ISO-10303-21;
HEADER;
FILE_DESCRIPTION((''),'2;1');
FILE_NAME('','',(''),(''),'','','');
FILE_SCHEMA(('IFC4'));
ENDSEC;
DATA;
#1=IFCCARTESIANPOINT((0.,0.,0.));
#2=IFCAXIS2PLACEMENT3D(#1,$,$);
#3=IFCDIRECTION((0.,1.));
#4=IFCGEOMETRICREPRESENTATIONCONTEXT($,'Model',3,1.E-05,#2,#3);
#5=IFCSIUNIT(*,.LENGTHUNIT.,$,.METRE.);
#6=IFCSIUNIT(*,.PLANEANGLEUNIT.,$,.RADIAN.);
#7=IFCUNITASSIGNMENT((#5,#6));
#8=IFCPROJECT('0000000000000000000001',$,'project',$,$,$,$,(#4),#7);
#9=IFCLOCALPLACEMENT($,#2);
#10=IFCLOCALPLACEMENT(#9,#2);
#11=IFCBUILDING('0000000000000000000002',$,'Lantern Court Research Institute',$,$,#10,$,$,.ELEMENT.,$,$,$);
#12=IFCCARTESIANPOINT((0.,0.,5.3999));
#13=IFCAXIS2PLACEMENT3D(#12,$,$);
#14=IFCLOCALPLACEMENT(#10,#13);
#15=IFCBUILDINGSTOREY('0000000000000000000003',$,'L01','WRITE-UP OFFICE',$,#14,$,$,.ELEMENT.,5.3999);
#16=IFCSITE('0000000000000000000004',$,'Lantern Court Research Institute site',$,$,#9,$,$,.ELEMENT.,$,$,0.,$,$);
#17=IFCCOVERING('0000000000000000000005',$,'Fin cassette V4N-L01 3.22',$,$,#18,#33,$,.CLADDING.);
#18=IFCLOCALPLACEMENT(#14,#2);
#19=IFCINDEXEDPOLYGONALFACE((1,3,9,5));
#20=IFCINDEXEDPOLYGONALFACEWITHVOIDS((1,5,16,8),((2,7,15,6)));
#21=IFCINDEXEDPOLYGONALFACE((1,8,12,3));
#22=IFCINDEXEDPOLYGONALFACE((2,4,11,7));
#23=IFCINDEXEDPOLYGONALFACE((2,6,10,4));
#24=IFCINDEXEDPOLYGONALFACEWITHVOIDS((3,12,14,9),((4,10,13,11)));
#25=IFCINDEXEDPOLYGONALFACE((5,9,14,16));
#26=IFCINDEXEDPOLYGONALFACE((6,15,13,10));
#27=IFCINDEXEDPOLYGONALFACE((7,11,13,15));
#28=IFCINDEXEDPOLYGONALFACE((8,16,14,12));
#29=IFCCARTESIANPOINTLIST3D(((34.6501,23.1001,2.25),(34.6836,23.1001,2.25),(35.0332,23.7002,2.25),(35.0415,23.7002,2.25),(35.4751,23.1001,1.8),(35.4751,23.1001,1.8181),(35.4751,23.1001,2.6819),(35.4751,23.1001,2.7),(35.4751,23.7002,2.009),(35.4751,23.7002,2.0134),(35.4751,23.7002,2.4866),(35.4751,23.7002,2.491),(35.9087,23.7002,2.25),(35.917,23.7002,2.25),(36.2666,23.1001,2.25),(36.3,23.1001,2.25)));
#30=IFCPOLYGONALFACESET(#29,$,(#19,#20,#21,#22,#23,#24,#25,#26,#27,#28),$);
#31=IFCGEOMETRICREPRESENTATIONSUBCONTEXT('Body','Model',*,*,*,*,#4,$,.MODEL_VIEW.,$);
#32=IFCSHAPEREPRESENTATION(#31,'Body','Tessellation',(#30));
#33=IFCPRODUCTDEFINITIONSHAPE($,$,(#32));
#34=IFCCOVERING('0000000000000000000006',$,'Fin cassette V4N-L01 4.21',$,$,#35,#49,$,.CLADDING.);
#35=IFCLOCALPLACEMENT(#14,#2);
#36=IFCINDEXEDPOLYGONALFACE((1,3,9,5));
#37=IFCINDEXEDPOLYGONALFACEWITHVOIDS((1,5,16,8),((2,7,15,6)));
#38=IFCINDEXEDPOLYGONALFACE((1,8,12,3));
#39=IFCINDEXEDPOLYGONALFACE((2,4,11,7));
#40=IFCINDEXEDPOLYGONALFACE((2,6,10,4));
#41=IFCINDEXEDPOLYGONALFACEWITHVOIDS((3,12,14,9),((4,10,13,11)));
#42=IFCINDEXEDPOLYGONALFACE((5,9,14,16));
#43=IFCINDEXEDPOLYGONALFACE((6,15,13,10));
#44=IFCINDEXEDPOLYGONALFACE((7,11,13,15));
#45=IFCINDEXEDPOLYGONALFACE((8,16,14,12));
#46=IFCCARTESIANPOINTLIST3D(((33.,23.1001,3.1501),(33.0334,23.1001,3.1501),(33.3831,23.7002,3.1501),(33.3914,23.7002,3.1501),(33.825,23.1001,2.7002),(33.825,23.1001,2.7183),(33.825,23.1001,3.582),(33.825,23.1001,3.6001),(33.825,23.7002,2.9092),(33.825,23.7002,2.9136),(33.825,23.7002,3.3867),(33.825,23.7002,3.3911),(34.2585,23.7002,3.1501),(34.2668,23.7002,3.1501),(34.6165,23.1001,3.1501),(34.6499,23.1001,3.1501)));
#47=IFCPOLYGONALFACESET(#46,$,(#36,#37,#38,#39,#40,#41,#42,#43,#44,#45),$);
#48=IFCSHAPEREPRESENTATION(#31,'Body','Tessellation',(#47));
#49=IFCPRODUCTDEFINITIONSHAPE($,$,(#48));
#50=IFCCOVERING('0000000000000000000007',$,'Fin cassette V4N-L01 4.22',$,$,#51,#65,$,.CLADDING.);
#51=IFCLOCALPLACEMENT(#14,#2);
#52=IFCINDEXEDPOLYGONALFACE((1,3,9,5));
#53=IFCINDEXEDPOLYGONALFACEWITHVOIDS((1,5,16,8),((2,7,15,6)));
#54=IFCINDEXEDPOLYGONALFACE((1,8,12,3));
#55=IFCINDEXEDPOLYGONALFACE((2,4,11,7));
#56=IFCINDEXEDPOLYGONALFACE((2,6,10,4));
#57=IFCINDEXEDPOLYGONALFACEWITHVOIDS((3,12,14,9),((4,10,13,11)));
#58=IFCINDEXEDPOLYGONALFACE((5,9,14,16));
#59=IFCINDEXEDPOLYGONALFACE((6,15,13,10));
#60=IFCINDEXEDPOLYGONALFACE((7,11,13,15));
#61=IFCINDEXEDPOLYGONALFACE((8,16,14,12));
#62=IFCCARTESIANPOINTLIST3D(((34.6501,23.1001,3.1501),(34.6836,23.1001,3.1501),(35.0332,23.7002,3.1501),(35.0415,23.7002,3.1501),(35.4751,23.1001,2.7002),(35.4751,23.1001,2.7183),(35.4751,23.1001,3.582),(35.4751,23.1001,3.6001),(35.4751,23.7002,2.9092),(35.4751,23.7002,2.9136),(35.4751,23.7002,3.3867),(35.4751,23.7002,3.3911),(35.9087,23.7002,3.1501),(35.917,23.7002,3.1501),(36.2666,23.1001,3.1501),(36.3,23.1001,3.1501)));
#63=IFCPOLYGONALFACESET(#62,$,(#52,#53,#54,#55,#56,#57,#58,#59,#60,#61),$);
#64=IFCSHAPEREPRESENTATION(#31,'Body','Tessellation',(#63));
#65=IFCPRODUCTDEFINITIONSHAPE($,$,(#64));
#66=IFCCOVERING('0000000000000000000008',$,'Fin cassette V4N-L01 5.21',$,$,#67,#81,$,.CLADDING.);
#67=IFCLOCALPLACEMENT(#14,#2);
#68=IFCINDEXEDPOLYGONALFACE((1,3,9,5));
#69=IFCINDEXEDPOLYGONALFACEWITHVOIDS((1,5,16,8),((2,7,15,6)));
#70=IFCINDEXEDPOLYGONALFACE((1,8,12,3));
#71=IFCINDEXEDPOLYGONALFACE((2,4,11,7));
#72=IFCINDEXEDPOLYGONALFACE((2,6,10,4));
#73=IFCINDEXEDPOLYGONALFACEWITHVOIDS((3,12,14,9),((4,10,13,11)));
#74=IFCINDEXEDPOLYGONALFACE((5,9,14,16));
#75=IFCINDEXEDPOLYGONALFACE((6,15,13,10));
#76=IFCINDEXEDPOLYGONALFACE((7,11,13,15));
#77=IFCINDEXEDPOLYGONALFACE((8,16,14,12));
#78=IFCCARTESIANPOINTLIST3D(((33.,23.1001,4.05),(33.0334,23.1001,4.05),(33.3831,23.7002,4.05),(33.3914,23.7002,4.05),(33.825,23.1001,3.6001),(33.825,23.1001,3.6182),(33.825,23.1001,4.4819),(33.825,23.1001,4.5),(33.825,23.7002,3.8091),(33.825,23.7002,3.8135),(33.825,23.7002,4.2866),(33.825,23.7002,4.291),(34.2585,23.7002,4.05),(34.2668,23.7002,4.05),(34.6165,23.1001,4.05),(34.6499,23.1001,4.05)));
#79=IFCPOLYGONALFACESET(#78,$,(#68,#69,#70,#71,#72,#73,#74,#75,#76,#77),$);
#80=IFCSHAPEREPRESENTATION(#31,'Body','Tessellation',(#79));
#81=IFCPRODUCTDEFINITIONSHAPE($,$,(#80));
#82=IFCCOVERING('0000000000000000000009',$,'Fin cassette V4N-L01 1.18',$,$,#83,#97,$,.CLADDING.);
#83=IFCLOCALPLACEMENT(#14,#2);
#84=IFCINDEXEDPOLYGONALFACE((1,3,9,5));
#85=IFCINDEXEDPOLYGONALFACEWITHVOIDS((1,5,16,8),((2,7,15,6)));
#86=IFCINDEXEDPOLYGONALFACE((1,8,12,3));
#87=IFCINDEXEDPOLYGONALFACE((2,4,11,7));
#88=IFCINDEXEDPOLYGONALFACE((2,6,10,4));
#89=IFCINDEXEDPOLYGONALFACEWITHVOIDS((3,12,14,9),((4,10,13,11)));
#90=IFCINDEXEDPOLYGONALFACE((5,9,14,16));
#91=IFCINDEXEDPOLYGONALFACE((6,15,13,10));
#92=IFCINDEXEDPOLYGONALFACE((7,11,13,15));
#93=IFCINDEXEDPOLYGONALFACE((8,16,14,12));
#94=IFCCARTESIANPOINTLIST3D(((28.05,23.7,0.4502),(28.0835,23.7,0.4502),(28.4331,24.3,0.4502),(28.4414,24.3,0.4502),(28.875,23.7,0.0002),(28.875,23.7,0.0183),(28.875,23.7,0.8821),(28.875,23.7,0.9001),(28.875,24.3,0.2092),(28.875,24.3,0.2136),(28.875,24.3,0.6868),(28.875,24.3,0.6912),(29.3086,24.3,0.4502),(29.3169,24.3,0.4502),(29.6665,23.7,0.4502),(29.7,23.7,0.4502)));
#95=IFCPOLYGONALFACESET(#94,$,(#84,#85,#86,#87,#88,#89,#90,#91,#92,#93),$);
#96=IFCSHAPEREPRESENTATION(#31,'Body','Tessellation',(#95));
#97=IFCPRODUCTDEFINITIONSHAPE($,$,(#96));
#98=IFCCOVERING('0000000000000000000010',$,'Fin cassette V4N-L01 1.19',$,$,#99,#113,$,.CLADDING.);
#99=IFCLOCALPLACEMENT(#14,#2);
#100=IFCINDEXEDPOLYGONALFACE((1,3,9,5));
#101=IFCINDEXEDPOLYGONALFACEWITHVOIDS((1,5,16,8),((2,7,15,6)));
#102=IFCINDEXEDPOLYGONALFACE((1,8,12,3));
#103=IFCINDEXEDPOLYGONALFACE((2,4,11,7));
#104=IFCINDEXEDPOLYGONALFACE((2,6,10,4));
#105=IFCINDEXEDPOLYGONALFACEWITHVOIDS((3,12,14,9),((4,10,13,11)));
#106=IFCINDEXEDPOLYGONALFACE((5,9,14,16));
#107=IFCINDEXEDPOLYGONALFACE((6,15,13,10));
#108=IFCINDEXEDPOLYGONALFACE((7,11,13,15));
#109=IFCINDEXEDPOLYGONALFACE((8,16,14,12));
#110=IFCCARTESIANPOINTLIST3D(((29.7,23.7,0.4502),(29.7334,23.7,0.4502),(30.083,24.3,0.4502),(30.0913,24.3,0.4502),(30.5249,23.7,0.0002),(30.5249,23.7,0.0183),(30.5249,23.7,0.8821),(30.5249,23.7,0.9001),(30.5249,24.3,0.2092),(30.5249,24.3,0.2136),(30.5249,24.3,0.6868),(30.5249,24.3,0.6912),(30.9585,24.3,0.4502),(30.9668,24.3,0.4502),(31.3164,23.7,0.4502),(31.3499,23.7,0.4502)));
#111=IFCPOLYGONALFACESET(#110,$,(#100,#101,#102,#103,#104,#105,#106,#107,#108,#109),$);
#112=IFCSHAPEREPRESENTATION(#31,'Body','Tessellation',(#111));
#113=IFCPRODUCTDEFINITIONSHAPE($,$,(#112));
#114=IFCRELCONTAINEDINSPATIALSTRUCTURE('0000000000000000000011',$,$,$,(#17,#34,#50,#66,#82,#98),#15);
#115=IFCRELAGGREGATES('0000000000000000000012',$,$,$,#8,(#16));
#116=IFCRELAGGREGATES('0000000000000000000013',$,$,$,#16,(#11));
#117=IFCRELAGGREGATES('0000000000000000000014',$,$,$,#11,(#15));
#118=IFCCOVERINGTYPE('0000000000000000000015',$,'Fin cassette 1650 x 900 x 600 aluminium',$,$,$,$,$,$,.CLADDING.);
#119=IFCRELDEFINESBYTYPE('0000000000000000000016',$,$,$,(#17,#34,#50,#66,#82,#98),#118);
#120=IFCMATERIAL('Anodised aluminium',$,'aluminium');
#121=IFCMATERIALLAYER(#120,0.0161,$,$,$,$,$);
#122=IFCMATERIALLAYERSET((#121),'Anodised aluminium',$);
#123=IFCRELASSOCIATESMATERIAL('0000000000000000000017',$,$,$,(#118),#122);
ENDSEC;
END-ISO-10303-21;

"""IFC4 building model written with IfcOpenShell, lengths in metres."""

from ifc_helpers import new_model, entity, si_unit, direction, frame, origin, place, context, subcontext, project, spatial, material, layer, layer_set, type_object, element, save


model = new_model("IFC4")

# Units and contexts
model_context = context("Model", 3, precision=1e-05, world=origin(), true_north=direction((0.0, 1.0)))
body_context = subcontext(model_context, "Body", "Model", "MODEL_VIEW")
ifc_project = project(units=[si_unit("LENGTHUNIT", "METRE"), si_unit("PLANEANGLEUNIT", "RADIAN")], contexts=[model_context])

# Site, building, storey
site_placement = place(None, origin())
site = spatial("IfcSite", under=ifc_project, at=site_placement, Name="Lantern Court Research Institute site", CompositionType="ELEMENT", RefElevation=0.0)
building_placement = place(site_placement, origin())
building = spatial("IfcBuilding", under=site, at=building_placement, Name="Lantern Court Research Institute", CompositionType="ELEMENT")
storey_placement = place(building_placement, frame((0.0, 0.0, 5.3999)))
storey = spatial("IfcBuildingStorey", under=building, at=storey_placement, Name="L01", Description="WRITE-UP OFFICE", CompositionType="ELEMENT", Elevation=5.3999)

# Coverings
ifc_material_1 = material(Name="Anodised aluminium", Category="aluminium")
ifc_layer_1 = layer(ifc_material_1, 0.0161)
ifc_layer_set_1 = layer_set([ifc_layer_1], Name="Anodised aluminium")
covering_type = type_object("IfcCoveringType", Name="Fin cassette 1650 x 900 x 600 aluminium", PredefinedType="CLADDING", material=ifc_layer_set_1)
covering_1_placement = place(storey_placement, frame((35.4751, 23.1001, 2.25), z_axis=(0.0, 1.0, 0.0), x_axis=(-1.0, 0.0, 0.0)))
cartesian_point_1 = entity("IfcCartesianPoint", [0.825, 0.0])
cartesian_point_2 = entity("IfcCartesianPoint", [0.7915, 0.0])
cartesian_point_3 = entity("IfcCartesianPoint", [0.4419, 0.0])
cartesian_point_4 = entity("IfcCartesianPoint", [0.4336, 0.0])
element("IfcCovering", 1, at=covering_1_placement, inside=storey, type_object=covering_type, Name="Fin cassette V4N-L01 3.22", PredefinedType="CLADDING", context=body_context, shape_type="SweptSolid", body=[
    entity("IfcExtrudedAreaSolidTapered", entity("IfcArbitraryProfileDefWithVoids", "AREA", None, entity("IfcPolyline", [cartesian_point_1, entity("IfcCartesianPoint", [0.0, 0.45]), entity("IfcCartesianPoint", [-0.825, 0.0]), entity("IfcCartesianPoint", [0.0, -0.45]), cartesian_point_1]), [entity("IfcPolyline", [cartesian_point_2, entity("IfcCartesianPoint", [0.0, 0.4319]), entity("IfcCartesianPoint", [-0.7915, 0.0]), entity("IfcCartesianPoint", [0.0, -0.4319]), cartesian_point_2])]), entity("IfcAxis2Placement3D", entity("IfcCartesianPoint", [0.0, 0.0, 0.0])), entity("IfcDirection", [0.0, 0.0, 1.0]), 0.6001, entity("IfcArbitraryProfileDefWithVoids", "AREA", None, entity("IfcPolyline", [cartesian_point_3, entity("IfcCartesianPoint", [0.0, 0.241]), entity("IfcCartesianPoint", [-0.4419, 0.0]), entity("IfcCartesianPoint", [0.0, -0.241]), cartesian_point_3]), [entity("IfcPolyline", [cartesian_point_4, entity("IfcCartesianPoint", [0.0, 0.2366]), entity("IfcCartesianPoint", [-0.4336, 0.0]), entity("IfcCartesianPoint", [0.0, -0.2366]), cartesian_point_4])])),
])
covering_2_placement = place(storey_placement, frame((33.825, 23.1001, 3.1501), z_axis=(0.0, 1.0, 0.0), x_axis=(-1.0, 0.0, 0.0)))
cartesian_point_5 = entity("IfcCartesianPoint", [0.825, 0.0])
cartesian_point_6 = entity("IfcCartesianPoint", [0.7915, 0.0])
cartesian_point_7 = entity("IfcCartesianPoint", [0.4419, 0.0])
cartesian_point_8 = entity("IfcCartesianPoint", [0.4336, 0.0])
element("IfcCovering", 2, at=covering_2_placement, inside=storey, type_object=covering_type, Name="Fin cassette V4N-L01 4.21", PredefinedType="CLADDING", context=body_context, shape_type="SweptSolid", body=[
    entity("IfcExtrudedAreaSolidTapered", entity("IfcArbitraryProfileDefWithVoids", "AREA", None, entity("IfcPolyline", [cartesian_point_5, entity("IfcCartesianPoint", [0.0, 0.45]), entity("IfcCartesianPoint", [-0.825, 0.0]), entity("IfcCartesianPoint", [0.0, -0.45]), cartesian_point_5]), [entity("IfcPolyline", [cartesian_point_6, entity("IfcCartesianPoint", [0.0, 0.4319]), entity("IfcCartesianPoint", [-0.7915, 0.0]), entity("IfcCartesianPoint", [0.0, -0.4319]), cartesian_point_6])]), entity("IfcAxis2Placement3D", entity("IfcCartesianPoint", [0.0, 0.0, 0.0])), entity("IfcDirection", [0.0, 0.0, 1.0]), 0.6001, entity("IfcArbitraryProfileDefWithVoids", "AREA", None, entity("IfcPolyline", [cartesian_point_7, entity("IfcCartesianPoint", [0.0, 0.241]), entity("IfcCartesianPoint", [-0.4419, 0.0]), entity("IfcCartesianPoint", [0.0, -0.241]), cartesian_point_7]), [entity("IfcPolyline", [cartesian_point_8, entity("IfcCartesianPoint", [0.0, 0.2366]), entity("IfcCartesianPoint", [-0.4336, 0.0]), entity("IfcCartesianPoint", [0.0, -0.2366]), cartesian_point_8])])),
])
covering_3_placement = place(storey_placement, frame((35.4751, 23.1001, 3.1501), z_axis=(0.0, 1.0, 0.0), x_axis=(-1.0, 0.0, 0.0)))
cartesian_point_9 = entity("IfcCartesianPoint", [0.825, 0.0])
cartesian_point_10 = entity("IfcCartesianPoint", [0.7915, 0.0])
cartesian_point_11 = entity("IfcCartesianPoint", [0.4419, 0.0])
cartesian_point_12 = entity("IfcCartesianPoint", [0.4336, 0.0])
element("IfcCovering", 3, at=covering_3_placement, inside=storey, type_object=covering_type, Name="Fin cassette V4N-L01 4.22", PredefinedType="CLADDING", context=body_context, shape_type="SweptSolid", body=[
    entity("IfcExtrudedAreaSolidTapered", entity("IfcArbitraryProfileDefWithVoids", "AREA", None, entity("IfcPolyline", [cartesian_point_9, entity("IfcCartesianPoint", [0.0, 0.45]), entity("IfcCartesianPoint", [-0.825, 0.0]), entity("IfcCartesianPoint", [0.0, -0.45]), cartesian_point_9]), [entity("IfcPolyline", [cartesian_point_10, entity("IfcCartesianPoint", [0.0, 0.4319]), entity("IfcCartesianPoint", [-0.7915, 0.0]), entity("IfcCartesianPoint", [0.0, -0.4319]), cartesian_point_10])]), entity("IfcAxis2Placement3D", entity("IfcCartesianPoint", [0.0, 0.0, 0.0])), entity("IfcDirection", [0.0, 0.0, 1.0]), 0.6001, entity("IfcArbitraryProfileDefWithVoids", "AREA", None, entity("IfcPolyline", [cartesian_point_11, entity("IfcCartesianPoint", [0.0, 0.241]), entity("IfcCartesianPoint", [-0.4419, 0.0]), entity("IfcCartesianPoint", [0.0, -0.241]), cartesian_point_11]), [entity("IfcPolyline", [cartesian_point_12, entity("IfcCartesianPoint", [0.0, 0.2366]), entity("IfcCartesianPoint", [-0.4336, 0.0]), entity("IfcCartesianPoint", [0.0, -0.2366]), cartesian_point_12])])),
])
covering_4_placement = place(storey_placement, frame((33.825, 23.1001, 4.05), z_axis=(0.0, 1.0, 0.0), x_axis=(-1.0, 0.0, 0.0)))
cartesian_point_13 = entity("IfcCartesianPoint", [0.825, 0.0])
cartesian_point_14 = entity("IfcCartesianPoint", [0.7915, 0.0])
cartesian_point_15 = entity("IfcCartesianPoint", [0.4419, 0.0])
cartesian_point_16 = entity("IfcCartesianPoint", [0.4336, 0.0])
element("IfcCovering", 4, at=covering_4_placement, inside=storey, type_object=covering_type, Name="Fin cassette V4N-L01 5.21", PredefinedType="CLADDING", context=body_context, shape_type="SweptSolid", body=[
    entity("IfcExtrudedAreaSolidTapered", entity("IfcArbitraryProfileDefWithVoids", "AREA", None, entity("IfcPolyline", [cartesian_point_13, entity("IfcCartesianPoint", [0.0, 0.45]), entity("IfcCartesianPoint", [-0.825, 0.0]), entity("IfcCartesianPoint", [0.0, -0.45]), cartesian_point_13]), [entity("IfcPolyline", [cartesian_point_14, entity("IfcCartesianPoint", [0.0, 0.4319]), entity("IfcCartesianPoint", [-0.7915, 0.0]), entity("IfcCartesianPoint", [0.0, -0.4319]), cartesian_point_14])]), entity("IfcAxis2Placement3D", entity("IfcCartesianPoint", [0.0, 0.0, 0.0])), entity("IfcDirection", [0.0, 0.0, 1.0]), 0.6001, entity("IfcArbitraryProfileDefWithVoids", "AREA", None, entity("IfcPolyline", [cartesian_point_15, entity("IfcCartesianPoint", [0.0, 0.241]), entity("IfcCartesianPoint", [-0.4419, 0.0]), entity("IfcCartesianPoint", [0.0, -0.241]), cartesian_point_15]), [entity("IfcPolyline", [cartesian_point_16, entity("IfcCartesianPoint", [0.0, 0.2366]), entity("IfcCartesianPoint", [-0.4336, 0.0]), entity("IfcCartesianPoint", [0.0, -0.2366]), cartesian_point_16])])),
])
covering_5_placement = place(storey_placement, frame((28.875, 23.7, 0.4502), z_axis=(0.0, 1.0, 0.0), x_axis=(-1.0, 0.0, 0.0)))
cartesian_point_17 = entity("IfcCartesianPoint", [0.825, 0.0])
cartesian_point_18 = entity("IfcCartesianPoint", [0.7915, 0.0])
cartesian_point_19 = entity("IfcCartesianPoint", [0.4419, 0.0])
cartesian_point_20 = entity("IfcCartesianPoint", [0.4336, 0.0])
element("IfcCovering", 5, at=covering_5_placement, inside=storey, type_object=covering_type, Name="Fin cassette V4N-L01 1.18", PredefinedType="CLADDING", context=body_context, shape_type="SweptSolid", body=[
    entity("IfcExtrudedAreaSolidTapered", entity("IfcArbitraryProfileDefWithVoids", "AREA", None, entity("IfcPolyline", [cartesian_point_17, entity("IfcCartesianPoint", [0.0, 0.45]), entity("IfcCartesianPoint", [-0.825, 0.0]), entity("IfcCartesianPoint", [0.0, -0.45]), cartesian_point_17]), [entity("IfcPolyline", [cartesian_point_18, entity("IfcCartesianPoint", [0.0, 0.4319]), entity("IfcCartesianPoint", [-0.7915, 0.0]), entity("IfcCartesianPoint", [0.0, -0.4319]), cartesian_point_18])]), entity("IfcAxis2Placement3D", entity("IfcCartesianPoint", [0.0, 0.0, 0.0])), entity("IfcDirection", [0.0, 0.0, 1.0]), 0.6001, entity("IfcArbitraryProfileDefWithVoids", "AREA", None, entity("IfcPolyline", [cartesian_point_19, entity("IfcCartesianPoint", [0.0, 0.241]), entity("IfcCartesianPoint", [-0.4419, 0.0]), entity("IfcCartesianPoint", [0.0, -0.241]), cartesian_point_19]), [entity("IfcPolyline", [cartesian_point_20, entity("IfcCartesianPoint", [0.0, 0.2366]), entity("IfcCartesianPoint", [-0.4336, 0.0]), entity("IfcCartesianPoint", [0.0, -0.2366]), cartesian_point_20])])),
])
covering_6_placement = place(storey_placement, frame((30.5249, 23.7, 0.4502), z_axis=(0.0, 1.0, 0.0), x_axis=(-1.0, 0.0, 0.0)))
cartesian_point_21 = entity("IfcCartesianPoint", [0.825, 0.0])
cartesian_point_22 = entity("IfcCartesianPoint", [0.7915, 0.0])
cartesian_point_23 = entity("IfcCartesianPoint", [0.4419, 0.0])
cartesian_point_24 = entity("IfcCartesianPoint", [0.4336, 0.0])
element("IfcCovering", 6, at=covering_6_placement, inside=storey, type_object=covering_type, Name="Fin cassette V4N-L01 1.19", PredefinedType="CLADDING", context=body_context, shape_type="SweptSolid", body=[
    entity("IfcExtrudedAreaSolidTapered", entity("IfcArbitraryProfileDefWithVoids", "AREA", None, entity("IfcPolyline", [cartesian_point_21, entity("IfcCartesianPoint", [0.0, 0.45]), entity("IfcCartesianPoint", [-0.825, 0.0]), entity("IfcCartesianPoint", [0.0, -0.45]), cartesian_point_21]), [entity("IfcPolyline", [cartesian_point_22, entity("IfcCartesianPoint", [0.0, 0.4319]), entity("IfcCartesianPoint", [-0.7915, 0.0]), entity("IfcCartesianPoint", [0.0, -0.4319]), cartesian_point_22])]), entity("IfcAxis2Placement3D", entity("IfcCartesianPoint", [0.0, 0.0, 0.0])), entity("IfcDirection", [0.0, 0.0, 1.0]), 0.6001, entity("IfcArbitraryProfileDefWithVoids", "AREA", None, entity("IfcPolyline", [cartesian_point_23, entity("IfcCartesianPoint", [0.0, 0.241]), entity("IfcCartesianPoint", [-0.4419, 0.0]), entity("IfcCartesianPoint", [0.0, -0.241]), cartesian_point_23]), [entity("IfcPolyline", [cartesian_point_24, entity("IfcCartesianPoint", [0.0, 0.2366]), entity("IfcCartesianPoint", [-0.4336, 0.0]), entity("IfcCartesianPoint", [0.0, -0.2366]), cartesian_point_24])])),
])

save(model, "model.ifc")
